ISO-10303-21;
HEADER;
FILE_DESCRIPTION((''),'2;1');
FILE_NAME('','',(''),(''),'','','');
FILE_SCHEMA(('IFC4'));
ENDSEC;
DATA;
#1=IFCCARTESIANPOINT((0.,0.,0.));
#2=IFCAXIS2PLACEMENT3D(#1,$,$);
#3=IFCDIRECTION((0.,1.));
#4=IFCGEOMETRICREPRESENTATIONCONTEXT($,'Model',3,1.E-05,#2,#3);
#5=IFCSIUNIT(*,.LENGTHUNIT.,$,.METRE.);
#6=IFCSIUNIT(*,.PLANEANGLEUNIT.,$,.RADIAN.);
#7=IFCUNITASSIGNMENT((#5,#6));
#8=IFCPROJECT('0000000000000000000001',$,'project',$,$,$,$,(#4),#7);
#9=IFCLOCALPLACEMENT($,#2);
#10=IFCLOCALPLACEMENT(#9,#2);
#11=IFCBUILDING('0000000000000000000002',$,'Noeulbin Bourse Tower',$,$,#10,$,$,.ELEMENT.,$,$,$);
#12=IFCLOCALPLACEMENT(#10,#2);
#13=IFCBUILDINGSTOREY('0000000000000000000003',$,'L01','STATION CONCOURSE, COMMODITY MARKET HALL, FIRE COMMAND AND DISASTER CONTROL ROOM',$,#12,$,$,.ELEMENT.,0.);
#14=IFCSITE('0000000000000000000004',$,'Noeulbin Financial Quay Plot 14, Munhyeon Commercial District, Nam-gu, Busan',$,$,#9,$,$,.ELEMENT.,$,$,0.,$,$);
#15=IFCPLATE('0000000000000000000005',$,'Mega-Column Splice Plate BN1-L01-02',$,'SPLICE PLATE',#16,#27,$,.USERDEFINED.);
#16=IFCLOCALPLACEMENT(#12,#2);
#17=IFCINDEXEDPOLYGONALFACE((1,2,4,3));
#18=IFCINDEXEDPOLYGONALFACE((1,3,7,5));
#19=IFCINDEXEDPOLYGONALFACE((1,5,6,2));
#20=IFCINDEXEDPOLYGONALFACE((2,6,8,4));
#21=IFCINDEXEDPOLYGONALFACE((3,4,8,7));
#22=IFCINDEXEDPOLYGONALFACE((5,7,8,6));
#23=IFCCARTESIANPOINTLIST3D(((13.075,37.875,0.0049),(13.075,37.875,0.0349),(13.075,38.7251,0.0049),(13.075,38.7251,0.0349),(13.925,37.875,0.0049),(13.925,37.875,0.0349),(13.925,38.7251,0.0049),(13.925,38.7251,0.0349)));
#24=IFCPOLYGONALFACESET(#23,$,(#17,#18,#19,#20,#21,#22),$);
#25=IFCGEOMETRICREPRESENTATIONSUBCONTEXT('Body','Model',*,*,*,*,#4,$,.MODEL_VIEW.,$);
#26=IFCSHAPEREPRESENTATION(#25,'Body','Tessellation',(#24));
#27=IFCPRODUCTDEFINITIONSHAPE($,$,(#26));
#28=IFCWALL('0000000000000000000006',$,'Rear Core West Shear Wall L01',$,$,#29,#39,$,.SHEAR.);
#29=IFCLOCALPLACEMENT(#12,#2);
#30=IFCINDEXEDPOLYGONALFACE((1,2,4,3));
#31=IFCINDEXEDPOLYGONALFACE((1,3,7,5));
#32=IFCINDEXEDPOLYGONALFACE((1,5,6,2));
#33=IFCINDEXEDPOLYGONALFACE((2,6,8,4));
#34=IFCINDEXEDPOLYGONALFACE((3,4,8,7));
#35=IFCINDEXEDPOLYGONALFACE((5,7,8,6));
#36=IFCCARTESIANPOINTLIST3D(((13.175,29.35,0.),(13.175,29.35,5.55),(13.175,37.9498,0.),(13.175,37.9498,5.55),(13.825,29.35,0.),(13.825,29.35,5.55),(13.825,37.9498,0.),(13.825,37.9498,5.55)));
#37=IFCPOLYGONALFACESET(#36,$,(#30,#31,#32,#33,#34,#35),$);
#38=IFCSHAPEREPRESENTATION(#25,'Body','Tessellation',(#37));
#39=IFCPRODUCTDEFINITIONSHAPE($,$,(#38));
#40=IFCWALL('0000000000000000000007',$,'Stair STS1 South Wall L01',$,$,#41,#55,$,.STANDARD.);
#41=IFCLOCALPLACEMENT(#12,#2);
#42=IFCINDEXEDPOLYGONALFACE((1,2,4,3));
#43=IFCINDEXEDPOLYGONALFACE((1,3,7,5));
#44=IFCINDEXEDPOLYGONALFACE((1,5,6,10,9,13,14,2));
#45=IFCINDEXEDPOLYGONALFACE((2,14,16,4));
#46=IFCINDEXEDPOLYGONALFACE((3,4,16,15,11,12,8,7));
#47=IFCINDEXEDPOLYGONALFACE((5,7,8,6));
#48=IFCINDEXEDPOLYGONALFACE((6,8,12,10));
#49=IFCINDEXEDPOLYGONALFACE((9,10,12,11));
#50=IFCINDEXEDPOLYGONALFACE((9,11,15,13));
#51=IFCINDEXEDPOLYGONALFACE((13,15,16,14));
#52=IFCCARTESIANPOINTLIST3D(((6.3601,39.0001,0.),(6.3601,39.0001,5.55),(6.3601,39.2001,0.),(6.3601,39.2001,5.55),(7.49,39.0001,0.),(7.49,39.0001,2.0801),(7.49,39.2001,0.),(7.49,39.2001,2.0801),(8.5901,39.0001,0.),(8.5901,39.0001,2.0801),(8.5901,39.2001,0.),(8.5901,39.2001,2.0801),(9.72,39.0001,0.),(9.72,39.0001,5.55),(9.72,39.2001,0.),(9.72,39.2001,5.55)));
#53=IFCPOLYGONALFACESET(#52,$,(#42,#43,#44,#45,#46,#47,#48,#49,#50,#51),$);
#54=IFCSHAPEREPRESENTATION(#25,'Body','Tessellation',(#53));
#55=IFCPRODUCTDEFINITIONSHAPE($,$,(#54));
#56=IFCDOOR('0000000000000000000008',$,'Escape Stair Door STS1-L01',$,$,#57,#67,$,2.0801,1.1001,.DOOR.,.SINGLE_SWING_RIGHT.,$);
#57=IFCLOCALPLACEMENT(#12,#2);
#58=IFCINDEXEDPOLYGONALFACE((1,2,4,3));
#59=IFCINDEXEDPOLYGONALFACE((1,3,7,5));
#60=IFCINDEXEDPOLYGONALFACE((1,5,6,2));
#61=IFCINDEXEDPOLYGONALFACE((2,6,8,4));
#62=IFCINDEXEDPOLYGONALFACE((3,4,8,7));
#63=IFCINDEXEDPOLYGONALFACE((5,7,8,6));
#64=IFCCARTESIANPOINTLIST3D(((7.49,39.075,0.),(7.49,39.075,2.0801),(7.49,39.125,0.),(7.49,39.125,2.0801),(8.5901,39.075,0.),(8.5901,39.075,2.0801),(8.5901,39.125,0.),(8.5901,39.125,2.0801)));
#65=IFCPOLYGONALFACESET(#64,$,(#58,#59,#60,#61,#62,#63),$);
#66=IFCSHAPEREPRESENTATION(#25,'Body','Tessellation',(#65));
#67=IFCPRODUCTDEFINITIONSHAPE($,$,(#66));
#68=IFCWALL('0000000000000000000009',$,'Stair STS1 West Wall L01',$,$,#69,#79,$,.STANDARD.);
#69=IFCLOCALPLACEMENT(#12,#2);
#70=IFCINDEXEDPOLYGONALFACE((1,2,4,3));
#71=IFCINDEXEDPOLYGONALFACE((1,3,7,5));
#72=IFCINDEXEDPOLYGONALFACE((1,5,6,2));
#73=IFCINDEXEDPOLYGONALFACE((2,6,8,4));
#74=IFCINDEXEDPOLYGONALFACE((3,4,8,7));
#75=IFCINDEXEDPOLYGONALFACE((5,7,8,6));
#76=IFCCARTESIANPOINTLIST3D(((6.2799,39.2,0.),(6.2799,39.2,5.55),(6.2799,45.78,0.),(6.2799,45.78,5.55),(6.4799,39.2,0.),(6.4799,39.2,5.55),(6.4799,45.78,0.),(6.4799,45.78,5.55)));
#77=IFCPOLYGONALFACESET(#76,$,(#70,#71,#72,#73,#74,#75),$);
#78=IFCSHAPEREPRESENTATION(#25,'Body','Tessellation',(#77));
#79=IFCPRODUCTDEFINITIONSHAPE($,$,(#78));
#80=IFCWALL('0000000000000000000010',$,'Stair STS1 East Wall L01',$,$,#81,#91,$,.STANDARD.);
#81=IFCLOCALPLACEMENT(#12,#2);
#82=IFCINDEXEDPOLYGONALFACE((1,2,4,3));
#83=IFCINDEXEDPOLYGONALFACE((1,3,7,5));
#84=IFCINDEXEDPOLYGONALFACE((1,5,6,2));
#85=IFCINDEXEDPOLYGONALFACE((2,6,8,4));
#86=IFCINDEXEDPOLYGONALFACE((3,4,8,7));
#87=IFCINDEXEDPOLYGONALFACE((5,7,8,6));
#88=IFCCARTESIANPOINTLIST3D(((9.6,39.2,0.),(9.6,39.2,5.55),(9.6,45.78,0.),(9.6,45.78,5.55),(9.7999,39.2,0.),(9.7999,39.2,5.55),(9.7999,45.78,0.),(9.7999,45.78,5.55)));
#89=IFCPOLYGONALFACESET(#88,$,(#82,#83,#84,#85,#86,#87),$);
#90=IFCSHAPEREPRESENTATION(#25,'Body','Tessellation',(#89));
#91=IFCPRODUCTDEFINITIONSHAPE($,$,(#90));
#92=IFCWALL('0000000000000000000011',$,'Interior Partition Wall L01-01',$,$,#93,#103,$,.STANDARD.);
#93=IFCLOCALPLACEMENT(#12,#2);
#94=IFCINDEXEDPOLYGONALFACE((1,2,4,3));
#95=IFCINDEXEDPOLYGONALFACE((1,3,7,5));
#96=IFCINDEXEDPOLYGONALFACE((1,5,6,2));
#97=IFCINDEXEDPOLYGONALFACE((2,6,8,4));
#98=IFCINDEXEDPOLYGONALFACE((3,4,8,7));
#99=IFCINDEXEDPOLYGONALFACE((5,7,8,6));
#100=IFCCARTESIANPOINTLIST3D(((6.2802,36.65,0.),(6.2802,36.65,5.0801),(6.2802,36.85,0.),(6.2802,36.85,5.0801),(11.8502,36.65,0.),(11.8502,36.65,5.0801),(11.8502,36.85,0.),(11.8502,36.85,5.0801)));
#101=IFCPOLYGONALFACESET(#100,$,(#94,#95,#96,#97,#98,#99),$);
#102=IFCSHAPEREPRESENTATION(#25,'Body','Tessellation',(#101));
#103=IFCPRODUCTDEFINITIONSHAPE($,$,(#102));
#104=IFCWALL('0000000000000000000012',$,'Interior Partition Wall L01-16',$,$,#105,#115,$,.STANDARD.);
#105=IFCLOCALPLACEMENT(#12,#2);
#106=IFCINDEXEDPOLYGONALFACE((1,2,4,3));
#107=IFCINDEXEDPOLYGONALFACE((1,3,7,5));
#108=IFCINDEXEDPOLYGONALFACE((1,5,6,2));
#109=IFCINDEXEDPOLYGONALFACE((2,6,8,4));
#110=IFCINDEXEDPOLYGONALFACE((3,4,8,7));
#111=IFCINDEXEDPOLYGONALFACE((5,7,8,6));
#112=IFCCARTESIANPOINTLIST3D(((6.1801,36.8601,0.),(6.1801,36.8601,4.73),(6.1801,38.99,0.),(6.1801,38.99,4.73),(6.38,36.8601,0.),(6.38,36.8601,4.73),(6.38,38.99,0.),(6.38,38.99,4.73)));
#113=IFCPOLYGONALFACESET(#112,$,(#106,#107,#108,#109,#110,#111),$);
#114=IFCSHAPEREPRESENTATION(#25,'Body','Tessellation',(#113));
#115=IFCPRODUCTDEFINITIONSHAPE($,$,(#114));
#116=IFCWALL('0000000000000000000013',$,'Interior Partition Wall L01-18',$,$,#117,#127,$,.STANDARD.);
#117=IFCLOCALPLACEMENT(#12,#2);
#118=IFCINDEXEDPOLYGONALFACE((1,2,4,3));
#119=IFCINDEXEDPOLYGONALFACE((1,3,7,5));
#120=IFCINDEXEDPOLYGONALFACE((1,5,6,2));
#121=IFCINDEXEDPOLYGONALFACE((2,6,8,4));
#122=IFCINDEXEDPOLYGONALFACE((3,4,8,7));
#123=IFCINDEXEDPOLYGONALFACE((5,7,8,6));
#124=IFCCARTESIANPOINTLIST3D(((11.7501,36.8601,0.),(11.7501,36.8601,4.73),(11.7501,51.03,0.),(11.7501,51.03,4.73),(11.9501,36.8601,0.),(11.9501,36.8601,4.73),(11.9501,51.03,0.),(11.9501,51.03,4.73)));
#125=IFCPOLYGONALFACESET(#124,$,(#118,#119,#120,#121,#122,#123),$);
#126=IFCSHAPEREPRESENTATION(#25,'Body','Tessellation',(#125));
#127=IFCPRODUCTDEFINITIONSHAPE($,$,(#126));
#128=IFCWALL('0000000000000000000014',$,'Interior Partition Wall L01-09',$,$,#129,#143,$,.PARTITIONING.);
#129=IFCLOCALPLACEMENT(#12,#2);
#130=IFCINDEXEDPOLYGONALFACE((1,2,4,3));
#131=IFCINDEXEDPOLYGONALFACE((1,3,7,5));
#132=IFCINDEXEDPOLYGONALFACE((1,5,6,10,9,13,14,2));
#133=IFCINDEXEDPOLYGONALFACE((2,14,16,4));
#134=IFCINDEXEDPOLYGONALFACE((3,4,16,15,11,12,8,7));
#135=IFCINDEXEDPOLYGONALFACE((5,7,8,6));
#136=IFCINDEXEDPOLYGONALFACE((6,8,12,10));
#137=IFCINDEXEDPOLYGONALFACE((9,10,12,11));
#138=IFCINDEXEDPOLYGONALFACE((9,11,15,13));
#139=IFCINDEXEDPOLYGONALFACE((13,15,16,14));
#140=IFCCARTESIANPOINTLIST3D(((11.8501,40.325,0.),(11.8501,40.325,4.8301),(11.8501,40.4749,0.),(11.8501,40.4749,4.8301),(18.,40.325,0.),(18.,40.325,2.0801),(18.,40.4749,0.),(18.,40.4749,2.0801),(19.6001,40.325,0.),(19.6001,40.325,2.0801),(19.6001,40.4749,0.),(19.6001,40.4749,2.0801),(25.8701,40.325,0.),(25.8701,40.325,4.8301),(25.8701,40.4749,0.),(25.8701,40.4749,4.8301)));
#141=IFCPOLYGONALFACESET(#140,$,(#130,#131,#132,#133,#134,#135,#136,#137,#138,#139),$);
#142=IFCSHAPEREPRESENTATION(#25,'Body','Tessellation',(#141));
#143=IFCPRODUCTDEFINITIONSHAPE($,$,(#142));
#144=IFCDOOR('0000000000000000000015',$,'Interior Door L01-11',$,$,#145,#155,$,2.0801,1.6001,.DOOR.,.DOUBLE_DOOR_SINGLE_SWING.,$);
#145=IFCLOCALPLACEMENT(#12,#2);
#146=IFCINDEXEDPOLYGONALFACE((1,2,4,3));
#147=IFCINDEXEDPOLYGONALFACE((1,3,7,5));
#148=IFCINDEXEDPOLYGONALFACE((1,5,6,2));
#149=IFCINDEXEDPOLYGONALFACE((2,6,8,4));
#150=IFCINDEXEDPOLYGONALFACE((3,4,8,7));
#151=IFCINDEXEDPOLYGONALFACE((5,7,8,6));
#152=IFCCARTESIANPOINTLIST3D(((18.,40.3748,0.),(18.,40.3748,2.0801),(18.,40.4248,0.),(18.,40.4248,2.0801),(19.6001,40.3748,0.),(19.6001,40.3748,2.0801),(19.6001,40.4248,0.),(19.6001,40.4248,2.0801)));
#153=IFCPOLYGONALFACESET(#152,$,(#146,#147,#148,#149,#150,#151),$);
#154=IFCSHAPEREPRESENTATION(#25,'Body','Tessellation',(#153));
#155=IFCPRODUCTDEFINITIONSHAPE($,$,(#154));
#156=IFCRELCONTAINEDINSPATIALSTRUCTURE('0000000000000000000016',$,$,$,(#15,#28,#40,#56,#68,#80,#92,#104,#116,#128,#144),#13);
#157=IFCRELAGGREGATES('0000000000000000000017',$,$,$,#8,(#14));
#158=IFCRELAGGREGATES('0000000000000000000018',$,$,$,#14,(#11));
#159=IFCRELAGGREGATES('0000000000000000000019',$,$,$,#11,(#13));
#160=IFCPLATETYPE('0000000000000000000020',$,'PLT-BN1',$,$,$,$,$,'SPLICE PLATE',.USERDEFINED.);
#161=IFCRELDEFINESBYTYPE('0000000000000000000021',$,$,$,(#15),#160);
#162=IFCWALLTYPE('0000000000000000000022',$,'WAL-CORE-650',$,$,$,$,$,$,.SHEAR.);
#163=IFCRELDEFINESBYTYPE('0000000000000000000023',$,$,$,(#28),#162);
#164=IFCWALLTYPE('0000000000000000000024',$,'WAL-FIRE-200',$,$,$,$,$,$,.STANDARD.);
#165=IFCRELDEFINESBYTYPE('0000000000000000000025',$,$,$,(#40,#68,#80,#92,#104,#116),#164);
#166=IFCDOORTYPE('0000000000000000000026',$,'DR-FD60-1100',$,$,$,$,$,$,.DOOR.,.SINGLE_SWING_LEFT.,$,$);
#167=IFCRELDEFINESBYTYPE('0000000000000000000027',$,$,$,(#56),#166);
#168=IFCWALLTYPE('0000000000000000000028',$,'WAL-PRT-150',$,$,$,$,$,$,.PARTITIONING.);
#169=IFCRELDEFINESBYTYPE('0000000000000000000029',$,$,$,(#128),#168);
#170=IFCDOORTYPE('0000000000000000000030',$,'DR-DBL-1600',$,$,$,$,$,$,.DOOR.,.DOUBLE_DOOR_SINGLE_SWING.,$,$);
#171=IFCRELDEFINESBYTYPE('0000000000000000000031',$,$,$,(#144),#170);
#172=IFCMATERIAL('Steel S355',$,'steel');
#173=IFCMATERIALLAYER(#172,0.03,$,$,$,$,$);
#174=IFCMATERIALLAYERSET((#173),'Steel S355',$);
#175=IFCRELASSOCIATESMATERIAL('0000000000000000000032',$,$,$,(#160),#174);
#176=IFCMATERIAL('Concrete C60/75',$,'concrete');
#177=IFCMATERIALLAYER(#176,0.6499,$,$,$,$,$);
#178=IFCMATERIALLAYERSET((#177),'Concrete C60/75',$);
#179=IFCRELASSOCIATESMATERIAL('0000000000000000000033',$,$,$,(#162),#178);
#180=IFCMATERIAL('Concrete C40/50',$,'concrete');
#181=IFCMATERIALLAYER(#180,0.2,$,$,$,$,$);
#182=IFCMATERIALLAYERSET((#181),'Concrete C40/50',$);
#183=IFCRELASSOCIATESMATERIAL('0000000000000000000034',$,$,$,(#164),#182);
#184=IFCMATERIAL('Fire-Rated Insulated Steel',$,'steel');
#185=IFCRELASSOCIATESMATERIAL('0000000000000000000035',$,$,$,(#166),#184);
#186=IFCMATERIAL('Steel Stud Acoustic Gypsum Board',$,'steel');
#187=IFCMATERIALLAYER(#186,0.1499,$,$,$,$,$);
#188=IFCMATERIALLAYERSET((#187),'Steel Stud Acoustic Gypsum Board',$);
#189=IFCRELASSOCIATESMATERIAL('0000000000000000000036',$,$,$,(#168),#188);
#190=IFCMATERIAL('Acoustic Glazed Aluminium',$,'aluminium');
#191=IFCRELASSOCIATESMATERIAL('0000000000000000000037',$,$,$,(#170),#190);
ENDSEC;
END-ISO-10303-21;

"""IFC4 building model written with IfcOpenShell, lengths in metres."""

from ifc_helpers import new_model, si_unit, direction, frame, frame_2d, origin, origin_2d, place, context, subcontext, project, spatial, rectangle, extrude, material, layer, layer_set, type_object, element, fill, save


model = new_model("IFC4")

# Units and contexts
model_context = context("Model", 3, precision=1e-05, world=origin(), true_north=direction((0.0, 1.0)))
body_context = subcontext(model_context, "Body", "Model", "MODEL_VIEW")
ifc_project = project(units=[si_unit("LENGTHUNIT", "METRE"), si_unit("PLANEANGLEUNIT", "RADIAN")], contexts=[model_context])

# Site, building, storey
site_placement = place(None, origin())
site = spatial("IfcSite", under=ifc_project, at=site_placement, Name="Noeulbin Financial Quay Plot 14, Munhyeon Commercial District, Nam-gu, Busan", CompositionType="ELEMENT", RefElevation=0.0)
building_placement = place(site_placement, origin())
building = spatial("IfcBuilding", under=site, at=building_placement, Name="Noeulbin Bourse Tower", CompositionType="ELEMENT")
storey_placement = place(building_placement, origin())
storey = spatial("IfcBuildingStorey", under=building, at=storey_placement, Name="L01", Description="STATION CONCOURSE, COMMODITY MARKET HALL, FIRE COMMAND AND DISASTER CONTROL ROOM", CompositionType="ELEMENT", Elevation=0.0)

# Shared definitions
ifc_material_1 = material(Name="Concrete C60/75", Category="concrete")

# Shared definitions
ifc_material_2 = material(Name="Steel S355", Category="steel")

# Plate
ifc_layer_1 = layer(ifc_material_2, 0.03)
ifc_layer_set_1 = layer_set([ifc_layer_1], Name="Steel S355")
plate_type = type_object("IfcPlateType", Name="PLT-BN1", ElementType="SPLICE PLATE", PredefinedType="USERDEFINED", material=ifc_layer_set_1)
plate_placement = place(storey_placement, frame((13.5, 38.3, 0.0049), z_axis=(0.0, 0.0, 1.0), x_axis=(1.0, 0.0, 0.0)))
element("IfcPlate", 1, at=plate_placement, inside=storey, type_object=plate_type, Name="Mega-Column Splice Plate BN1-L01-02", ObjectType="SPLICE PLATE", PredefinedType="USERDEFINED", context=body_context, shape_type="SweptSolid", body=[
    extrude(rectangle(XDim=0.8501, YDim=0.8501, at=origin_2d()), origin(), (0.0, 0.0, 1.0), 0.03),
])

# Wall
ifc_layer_2 = layer(ifc_material_1, 0.6499)
ifc_layer_set_2 = layer_set([ifc_layer_2], Name="Concrete C60/75")
wall_type_1 = type_object("IfcWallType", Name="WAL-CORE-650", PredefinedType="SHEAR", material=ifc_layer_set_2)
wall_1_placement = place(storey_placement, frame((13.5, 29.3501, 0.0), z_axis=(0.0, 0.0, 1.0), x_axis=(0.0, 1.0, 0.0)))
element("IfcWall", 2, at=wall_1_placement, inside=storey, type_object=wall_type_1, Name="Rear Core West Shear Wall L01", PredefinedType="SHEAR", context=body_context, shape_type="SweptSolid", body=[
    extrude(rectangle(XDim=8.5999, YDim=0.6499, at=frame_2d((4.2998, 0.0))), origin(), (0.0, 0.0, 1.0), 5.55),
])

# Wall, opening, door
ifc_material_3 = material(Name="Concrete C40/50", Category="concrete")
ifc_layer_3 = layer(ifc_material_3, 0.2)
ifc_layer_set_3 = layer_set([ifc_layer_3], Name="Concrete C40/50")
wall_type_2 = type_object("IfcWallType", Name="WAL-FIRE-200", PredefinedType="STANDARD", material=ifc_layer_set_3)
wall_2_placement = place(storey_placement, frame((6.3601, 39.1001, 0.0), z_axis=(0.0, 0.0, 1.0), x_axis=(1.0, 0.0, 0.0)))
wall_2 = element("IfcWall", 3, at=wall_2_placement, inside=storey, type_object=wall_type_2, Name="Stair STS1 South Wall L01", PredefinedType="STANDARD", context=body_context, shape_type="SweptSolid", body=[
    extrude(rectangle(XDim=3.3599, YDim=0.2, at=frame_2d((1.6799, 0.0))), origin(), (0.0, 0.0, 1.0), 5.55),
])
opening_1_placement = place(wall_2_placement, frame((1.1299, 0.0, 0.0)))
opening_1 = element("IfcOpeningElement", 4, at=opening_1_placement, cuts=wall_2, PredefinedType="OPENING", context=body_context, shape_type="SweptSolid", body=[
    extrude(rectangle(XDim=1.1001, YDim=2.0801, at=frame_2d((0.55, 1.04))), frame((0.0, 0.1099, 0.0), z_axis=(0.0, -1.0, 0.0), x_axis=(1.0, 0.0, 0.0)), (0.0, 0.0, 1.0), 0.22),
])
ifc_material_4 = material(Name="Fire-Rated Insulated Steel", Category="steel")
door_type_1 = type_object("IfcDoorType", Name="DR-FD60-1100", OperationType="SINGLE_SWING_LEFT", PredefinedType="DOOR", material=ifc_material_4)
door_1_placement = place(opening_1_placement, origin())
door_1 = element("IfcDoor", 5, at=door_1_placement, inside=storey, type_object=door_type_1, Name="Escape Stair Door STS1-L01", OperationType="SINGLE_SWING_RIGHT", OverallHeight=2.0801, OverallWidth=1.1001, PredefinedType="DOOR", context=body_context, shape_type="SweptSolid", body=[
    extrude(rectangle(XDim=1.1001, YDim=2.0801, at=frame_2d((0.55, 1.04))), frame((0.0, 0.0249, 0.0), z_axis=(0.0, -1.0, 0.0), x_axis=(1.0, 0.0, 0.0)), (0.0, 0.0, 1.0), 0.05),
])
fill(opening_1, door_1)

# Walls
for number, where, z_axis, x_axis, name in (
    (6, (6.3799, 39.2, 0.0), (0.0, 0.0, 1.0), (0.0, 1.0, 0.0), "Stair STS1 West Wall L01"),
    (7, (9.7, 39.2, 0.0), (0.0, 0.0, 1.0), (0.0, 1.0, 0.0), "Stair STS1 East Wall L01"),
):
    element("IfcWall", number, at=place(storey_placement, frame(where, z_axis=z_axis, x_axis=x_axis)), inside=storey, type_object=wall_type_2, Name=name, PredefinedType="STANDARD", context=body_context, shape_type="SweptSolid", body=[
        extrude(rectangle(XDim=6.5801, YDim=0.2, at=frame_2d((3.29, 0.0))), origin(), (0.0, 0.0, 1.0), 5.55),
    ])
wall_3_placement = place(storey_placement, frame((6.28, 36.75, 0.0), z_axis=(0.0, 0.0, 1.0), x_axis=(1.0, 0.0, 0.0)))
element("IfcWall", 8, at=wall_3_placement, inside=storey, type_object=wall_type_2, Name="Interior Partition Wall L01-01", PredefinedType="STANDARD", context=body_context, shape_type="SweptSolid", body=[
    extrude(rectangle(XDim=5.5701, YDim=0.2, at=frame_2d((2.7852, 0.0))), origin(), (0.0, 0.0, 1.0), 5.0801),
])
wall_4_placement = place(storey_placement, frame((6.28, 36.8601, 0.0), z_axis=(0.0, 0.0, 1.0), x_axis=(0.0, 1.0, 0.0)))
element("IfcWall", 9, at=wall_4_placement, inside=storey, type_object=wall_type_2, Name="Interior Partition Wall L01-16", PredefinedType="STANDARD", context=body_context, shape_type="SweptSolid", body=[
    extrude(rectangle(XDim=2.1299, YDim=0.2, at=frame_2d((1.0649, 0.0))), origin(), (0.0, 0.0, 1.0), 4.73),
])
wall_5_placement = place(storey_placement, frame((11.8501, 36.8601, 0.0), z_axis=(0.0, 0.0, 1.0), x_axis=(0.0, 1.0, 0.0)))
element("IfcWall", 10, at=wall_5_placement, inside=storey, type_object=wall_type_2, Name="Interior Partition Wall L01-18", PredefinedType="STANDARD", context=body_context, shape_type="SweptSolid", body=[
    extrude(rectangle(XDim=14.1699, YDim=0.2, at=frame_2d((7.085, 0.0))), origin(), (0.0, 0.0, 1.0), 4.73),
])

# Wall, opening, door
ifc_material_5 = material(Name="Steel Stud Acoustic Gypsum Board", Category="steel")
ifc_layer_4 = layer(ifc_material_5, 0.1499)
ifc_layer_set_4 = layer_set([ifc_layer_4], Name="Steel Stud Acoustic Gypsum Board")
wall_type_3 = type_object("IfcWallType", Name="WAL-PRT-150", PredefinedType="PARTITIONING", material=ifc_layer_set_4)
wall_6_placement = place(storey_placement, frame((11.8501, 40.3999, 0.0), z_axis=(0.0, 0.0, 1.0), x_axis=(1.0, 0.0, 0.0)))
wall_6 = element("IfcWall", 11, at=wall_6_placement, inside=storey, type_object=wall_type_3, Name="Interior Partition Wall L01-09", PredefinedType="PARTITIONING", context=body_context, shape_type="SweptSolid", body=[
    extrude(rectangle(XDim=14.02, YDim=0.1499, at=frame_2d((7.01, 0.0))), origin(), (0.0, 0.0, 1.0), 4.8301),
])
opening_2_placement = place(wall_6_placement, frame((6.1499, 0.0, 0.0)))
opening_2 = element("IfcOpeningElement", 12, at=opening_2_placement, cuts=wall_6, PredefinedType="OPENING", context=body_context, shape_type="SweptSolid", body=[
    extrude(rectangle(XDim=1.6001, YDim=2.0801, at=frame_2d((0.8, 1.04))), frame((0.0, 0.085, 0.0), z_axis=(0.0, -1.0, 0.0), x_axis=(1.0, 0.0, 0.0)), (0.0, 0.0, 1.0), 0.1699),
])
ifc_material_6 = material(Name="Acoustic Glazed Aluminium", Category="aluminium")
door_type_2 = type_object("IfcDoorType", Name="DR-DBL-1600", OperationType="DOUBLE_DOOR_SINGLE_SWING", PredefinedType="DOOR", material=ifc_material_6)
door_2_placement = place(opening_2_placement, origin())
door_2 = element("IfcDoor", 13, at=door_2_placement, inside=storey, type_object=door_type_2, Name="Interior Door L01-11", OperationType="DOUBLE_DOOR_SINGLE_SWING", OverallHeight=2.0801, OverallWidth=1.6001, PredefinedType="DOOR", context=body_context, shape_type="SweptSolid", body=[
    extrude(rectangle(XDim=1.6001, YDim=2.0801, at=frame_2d((0.8, 1.04))), frame((0.0, 0.0249, 0.0), z_axis=(0.0, -1.0, 0.0), x_axis=(1.0, 0.0, 0.0)), (0.0, 0.0, 1.0), 0.05),
])
fill(opening_2, door_2)

save(model, "model.ifc")
